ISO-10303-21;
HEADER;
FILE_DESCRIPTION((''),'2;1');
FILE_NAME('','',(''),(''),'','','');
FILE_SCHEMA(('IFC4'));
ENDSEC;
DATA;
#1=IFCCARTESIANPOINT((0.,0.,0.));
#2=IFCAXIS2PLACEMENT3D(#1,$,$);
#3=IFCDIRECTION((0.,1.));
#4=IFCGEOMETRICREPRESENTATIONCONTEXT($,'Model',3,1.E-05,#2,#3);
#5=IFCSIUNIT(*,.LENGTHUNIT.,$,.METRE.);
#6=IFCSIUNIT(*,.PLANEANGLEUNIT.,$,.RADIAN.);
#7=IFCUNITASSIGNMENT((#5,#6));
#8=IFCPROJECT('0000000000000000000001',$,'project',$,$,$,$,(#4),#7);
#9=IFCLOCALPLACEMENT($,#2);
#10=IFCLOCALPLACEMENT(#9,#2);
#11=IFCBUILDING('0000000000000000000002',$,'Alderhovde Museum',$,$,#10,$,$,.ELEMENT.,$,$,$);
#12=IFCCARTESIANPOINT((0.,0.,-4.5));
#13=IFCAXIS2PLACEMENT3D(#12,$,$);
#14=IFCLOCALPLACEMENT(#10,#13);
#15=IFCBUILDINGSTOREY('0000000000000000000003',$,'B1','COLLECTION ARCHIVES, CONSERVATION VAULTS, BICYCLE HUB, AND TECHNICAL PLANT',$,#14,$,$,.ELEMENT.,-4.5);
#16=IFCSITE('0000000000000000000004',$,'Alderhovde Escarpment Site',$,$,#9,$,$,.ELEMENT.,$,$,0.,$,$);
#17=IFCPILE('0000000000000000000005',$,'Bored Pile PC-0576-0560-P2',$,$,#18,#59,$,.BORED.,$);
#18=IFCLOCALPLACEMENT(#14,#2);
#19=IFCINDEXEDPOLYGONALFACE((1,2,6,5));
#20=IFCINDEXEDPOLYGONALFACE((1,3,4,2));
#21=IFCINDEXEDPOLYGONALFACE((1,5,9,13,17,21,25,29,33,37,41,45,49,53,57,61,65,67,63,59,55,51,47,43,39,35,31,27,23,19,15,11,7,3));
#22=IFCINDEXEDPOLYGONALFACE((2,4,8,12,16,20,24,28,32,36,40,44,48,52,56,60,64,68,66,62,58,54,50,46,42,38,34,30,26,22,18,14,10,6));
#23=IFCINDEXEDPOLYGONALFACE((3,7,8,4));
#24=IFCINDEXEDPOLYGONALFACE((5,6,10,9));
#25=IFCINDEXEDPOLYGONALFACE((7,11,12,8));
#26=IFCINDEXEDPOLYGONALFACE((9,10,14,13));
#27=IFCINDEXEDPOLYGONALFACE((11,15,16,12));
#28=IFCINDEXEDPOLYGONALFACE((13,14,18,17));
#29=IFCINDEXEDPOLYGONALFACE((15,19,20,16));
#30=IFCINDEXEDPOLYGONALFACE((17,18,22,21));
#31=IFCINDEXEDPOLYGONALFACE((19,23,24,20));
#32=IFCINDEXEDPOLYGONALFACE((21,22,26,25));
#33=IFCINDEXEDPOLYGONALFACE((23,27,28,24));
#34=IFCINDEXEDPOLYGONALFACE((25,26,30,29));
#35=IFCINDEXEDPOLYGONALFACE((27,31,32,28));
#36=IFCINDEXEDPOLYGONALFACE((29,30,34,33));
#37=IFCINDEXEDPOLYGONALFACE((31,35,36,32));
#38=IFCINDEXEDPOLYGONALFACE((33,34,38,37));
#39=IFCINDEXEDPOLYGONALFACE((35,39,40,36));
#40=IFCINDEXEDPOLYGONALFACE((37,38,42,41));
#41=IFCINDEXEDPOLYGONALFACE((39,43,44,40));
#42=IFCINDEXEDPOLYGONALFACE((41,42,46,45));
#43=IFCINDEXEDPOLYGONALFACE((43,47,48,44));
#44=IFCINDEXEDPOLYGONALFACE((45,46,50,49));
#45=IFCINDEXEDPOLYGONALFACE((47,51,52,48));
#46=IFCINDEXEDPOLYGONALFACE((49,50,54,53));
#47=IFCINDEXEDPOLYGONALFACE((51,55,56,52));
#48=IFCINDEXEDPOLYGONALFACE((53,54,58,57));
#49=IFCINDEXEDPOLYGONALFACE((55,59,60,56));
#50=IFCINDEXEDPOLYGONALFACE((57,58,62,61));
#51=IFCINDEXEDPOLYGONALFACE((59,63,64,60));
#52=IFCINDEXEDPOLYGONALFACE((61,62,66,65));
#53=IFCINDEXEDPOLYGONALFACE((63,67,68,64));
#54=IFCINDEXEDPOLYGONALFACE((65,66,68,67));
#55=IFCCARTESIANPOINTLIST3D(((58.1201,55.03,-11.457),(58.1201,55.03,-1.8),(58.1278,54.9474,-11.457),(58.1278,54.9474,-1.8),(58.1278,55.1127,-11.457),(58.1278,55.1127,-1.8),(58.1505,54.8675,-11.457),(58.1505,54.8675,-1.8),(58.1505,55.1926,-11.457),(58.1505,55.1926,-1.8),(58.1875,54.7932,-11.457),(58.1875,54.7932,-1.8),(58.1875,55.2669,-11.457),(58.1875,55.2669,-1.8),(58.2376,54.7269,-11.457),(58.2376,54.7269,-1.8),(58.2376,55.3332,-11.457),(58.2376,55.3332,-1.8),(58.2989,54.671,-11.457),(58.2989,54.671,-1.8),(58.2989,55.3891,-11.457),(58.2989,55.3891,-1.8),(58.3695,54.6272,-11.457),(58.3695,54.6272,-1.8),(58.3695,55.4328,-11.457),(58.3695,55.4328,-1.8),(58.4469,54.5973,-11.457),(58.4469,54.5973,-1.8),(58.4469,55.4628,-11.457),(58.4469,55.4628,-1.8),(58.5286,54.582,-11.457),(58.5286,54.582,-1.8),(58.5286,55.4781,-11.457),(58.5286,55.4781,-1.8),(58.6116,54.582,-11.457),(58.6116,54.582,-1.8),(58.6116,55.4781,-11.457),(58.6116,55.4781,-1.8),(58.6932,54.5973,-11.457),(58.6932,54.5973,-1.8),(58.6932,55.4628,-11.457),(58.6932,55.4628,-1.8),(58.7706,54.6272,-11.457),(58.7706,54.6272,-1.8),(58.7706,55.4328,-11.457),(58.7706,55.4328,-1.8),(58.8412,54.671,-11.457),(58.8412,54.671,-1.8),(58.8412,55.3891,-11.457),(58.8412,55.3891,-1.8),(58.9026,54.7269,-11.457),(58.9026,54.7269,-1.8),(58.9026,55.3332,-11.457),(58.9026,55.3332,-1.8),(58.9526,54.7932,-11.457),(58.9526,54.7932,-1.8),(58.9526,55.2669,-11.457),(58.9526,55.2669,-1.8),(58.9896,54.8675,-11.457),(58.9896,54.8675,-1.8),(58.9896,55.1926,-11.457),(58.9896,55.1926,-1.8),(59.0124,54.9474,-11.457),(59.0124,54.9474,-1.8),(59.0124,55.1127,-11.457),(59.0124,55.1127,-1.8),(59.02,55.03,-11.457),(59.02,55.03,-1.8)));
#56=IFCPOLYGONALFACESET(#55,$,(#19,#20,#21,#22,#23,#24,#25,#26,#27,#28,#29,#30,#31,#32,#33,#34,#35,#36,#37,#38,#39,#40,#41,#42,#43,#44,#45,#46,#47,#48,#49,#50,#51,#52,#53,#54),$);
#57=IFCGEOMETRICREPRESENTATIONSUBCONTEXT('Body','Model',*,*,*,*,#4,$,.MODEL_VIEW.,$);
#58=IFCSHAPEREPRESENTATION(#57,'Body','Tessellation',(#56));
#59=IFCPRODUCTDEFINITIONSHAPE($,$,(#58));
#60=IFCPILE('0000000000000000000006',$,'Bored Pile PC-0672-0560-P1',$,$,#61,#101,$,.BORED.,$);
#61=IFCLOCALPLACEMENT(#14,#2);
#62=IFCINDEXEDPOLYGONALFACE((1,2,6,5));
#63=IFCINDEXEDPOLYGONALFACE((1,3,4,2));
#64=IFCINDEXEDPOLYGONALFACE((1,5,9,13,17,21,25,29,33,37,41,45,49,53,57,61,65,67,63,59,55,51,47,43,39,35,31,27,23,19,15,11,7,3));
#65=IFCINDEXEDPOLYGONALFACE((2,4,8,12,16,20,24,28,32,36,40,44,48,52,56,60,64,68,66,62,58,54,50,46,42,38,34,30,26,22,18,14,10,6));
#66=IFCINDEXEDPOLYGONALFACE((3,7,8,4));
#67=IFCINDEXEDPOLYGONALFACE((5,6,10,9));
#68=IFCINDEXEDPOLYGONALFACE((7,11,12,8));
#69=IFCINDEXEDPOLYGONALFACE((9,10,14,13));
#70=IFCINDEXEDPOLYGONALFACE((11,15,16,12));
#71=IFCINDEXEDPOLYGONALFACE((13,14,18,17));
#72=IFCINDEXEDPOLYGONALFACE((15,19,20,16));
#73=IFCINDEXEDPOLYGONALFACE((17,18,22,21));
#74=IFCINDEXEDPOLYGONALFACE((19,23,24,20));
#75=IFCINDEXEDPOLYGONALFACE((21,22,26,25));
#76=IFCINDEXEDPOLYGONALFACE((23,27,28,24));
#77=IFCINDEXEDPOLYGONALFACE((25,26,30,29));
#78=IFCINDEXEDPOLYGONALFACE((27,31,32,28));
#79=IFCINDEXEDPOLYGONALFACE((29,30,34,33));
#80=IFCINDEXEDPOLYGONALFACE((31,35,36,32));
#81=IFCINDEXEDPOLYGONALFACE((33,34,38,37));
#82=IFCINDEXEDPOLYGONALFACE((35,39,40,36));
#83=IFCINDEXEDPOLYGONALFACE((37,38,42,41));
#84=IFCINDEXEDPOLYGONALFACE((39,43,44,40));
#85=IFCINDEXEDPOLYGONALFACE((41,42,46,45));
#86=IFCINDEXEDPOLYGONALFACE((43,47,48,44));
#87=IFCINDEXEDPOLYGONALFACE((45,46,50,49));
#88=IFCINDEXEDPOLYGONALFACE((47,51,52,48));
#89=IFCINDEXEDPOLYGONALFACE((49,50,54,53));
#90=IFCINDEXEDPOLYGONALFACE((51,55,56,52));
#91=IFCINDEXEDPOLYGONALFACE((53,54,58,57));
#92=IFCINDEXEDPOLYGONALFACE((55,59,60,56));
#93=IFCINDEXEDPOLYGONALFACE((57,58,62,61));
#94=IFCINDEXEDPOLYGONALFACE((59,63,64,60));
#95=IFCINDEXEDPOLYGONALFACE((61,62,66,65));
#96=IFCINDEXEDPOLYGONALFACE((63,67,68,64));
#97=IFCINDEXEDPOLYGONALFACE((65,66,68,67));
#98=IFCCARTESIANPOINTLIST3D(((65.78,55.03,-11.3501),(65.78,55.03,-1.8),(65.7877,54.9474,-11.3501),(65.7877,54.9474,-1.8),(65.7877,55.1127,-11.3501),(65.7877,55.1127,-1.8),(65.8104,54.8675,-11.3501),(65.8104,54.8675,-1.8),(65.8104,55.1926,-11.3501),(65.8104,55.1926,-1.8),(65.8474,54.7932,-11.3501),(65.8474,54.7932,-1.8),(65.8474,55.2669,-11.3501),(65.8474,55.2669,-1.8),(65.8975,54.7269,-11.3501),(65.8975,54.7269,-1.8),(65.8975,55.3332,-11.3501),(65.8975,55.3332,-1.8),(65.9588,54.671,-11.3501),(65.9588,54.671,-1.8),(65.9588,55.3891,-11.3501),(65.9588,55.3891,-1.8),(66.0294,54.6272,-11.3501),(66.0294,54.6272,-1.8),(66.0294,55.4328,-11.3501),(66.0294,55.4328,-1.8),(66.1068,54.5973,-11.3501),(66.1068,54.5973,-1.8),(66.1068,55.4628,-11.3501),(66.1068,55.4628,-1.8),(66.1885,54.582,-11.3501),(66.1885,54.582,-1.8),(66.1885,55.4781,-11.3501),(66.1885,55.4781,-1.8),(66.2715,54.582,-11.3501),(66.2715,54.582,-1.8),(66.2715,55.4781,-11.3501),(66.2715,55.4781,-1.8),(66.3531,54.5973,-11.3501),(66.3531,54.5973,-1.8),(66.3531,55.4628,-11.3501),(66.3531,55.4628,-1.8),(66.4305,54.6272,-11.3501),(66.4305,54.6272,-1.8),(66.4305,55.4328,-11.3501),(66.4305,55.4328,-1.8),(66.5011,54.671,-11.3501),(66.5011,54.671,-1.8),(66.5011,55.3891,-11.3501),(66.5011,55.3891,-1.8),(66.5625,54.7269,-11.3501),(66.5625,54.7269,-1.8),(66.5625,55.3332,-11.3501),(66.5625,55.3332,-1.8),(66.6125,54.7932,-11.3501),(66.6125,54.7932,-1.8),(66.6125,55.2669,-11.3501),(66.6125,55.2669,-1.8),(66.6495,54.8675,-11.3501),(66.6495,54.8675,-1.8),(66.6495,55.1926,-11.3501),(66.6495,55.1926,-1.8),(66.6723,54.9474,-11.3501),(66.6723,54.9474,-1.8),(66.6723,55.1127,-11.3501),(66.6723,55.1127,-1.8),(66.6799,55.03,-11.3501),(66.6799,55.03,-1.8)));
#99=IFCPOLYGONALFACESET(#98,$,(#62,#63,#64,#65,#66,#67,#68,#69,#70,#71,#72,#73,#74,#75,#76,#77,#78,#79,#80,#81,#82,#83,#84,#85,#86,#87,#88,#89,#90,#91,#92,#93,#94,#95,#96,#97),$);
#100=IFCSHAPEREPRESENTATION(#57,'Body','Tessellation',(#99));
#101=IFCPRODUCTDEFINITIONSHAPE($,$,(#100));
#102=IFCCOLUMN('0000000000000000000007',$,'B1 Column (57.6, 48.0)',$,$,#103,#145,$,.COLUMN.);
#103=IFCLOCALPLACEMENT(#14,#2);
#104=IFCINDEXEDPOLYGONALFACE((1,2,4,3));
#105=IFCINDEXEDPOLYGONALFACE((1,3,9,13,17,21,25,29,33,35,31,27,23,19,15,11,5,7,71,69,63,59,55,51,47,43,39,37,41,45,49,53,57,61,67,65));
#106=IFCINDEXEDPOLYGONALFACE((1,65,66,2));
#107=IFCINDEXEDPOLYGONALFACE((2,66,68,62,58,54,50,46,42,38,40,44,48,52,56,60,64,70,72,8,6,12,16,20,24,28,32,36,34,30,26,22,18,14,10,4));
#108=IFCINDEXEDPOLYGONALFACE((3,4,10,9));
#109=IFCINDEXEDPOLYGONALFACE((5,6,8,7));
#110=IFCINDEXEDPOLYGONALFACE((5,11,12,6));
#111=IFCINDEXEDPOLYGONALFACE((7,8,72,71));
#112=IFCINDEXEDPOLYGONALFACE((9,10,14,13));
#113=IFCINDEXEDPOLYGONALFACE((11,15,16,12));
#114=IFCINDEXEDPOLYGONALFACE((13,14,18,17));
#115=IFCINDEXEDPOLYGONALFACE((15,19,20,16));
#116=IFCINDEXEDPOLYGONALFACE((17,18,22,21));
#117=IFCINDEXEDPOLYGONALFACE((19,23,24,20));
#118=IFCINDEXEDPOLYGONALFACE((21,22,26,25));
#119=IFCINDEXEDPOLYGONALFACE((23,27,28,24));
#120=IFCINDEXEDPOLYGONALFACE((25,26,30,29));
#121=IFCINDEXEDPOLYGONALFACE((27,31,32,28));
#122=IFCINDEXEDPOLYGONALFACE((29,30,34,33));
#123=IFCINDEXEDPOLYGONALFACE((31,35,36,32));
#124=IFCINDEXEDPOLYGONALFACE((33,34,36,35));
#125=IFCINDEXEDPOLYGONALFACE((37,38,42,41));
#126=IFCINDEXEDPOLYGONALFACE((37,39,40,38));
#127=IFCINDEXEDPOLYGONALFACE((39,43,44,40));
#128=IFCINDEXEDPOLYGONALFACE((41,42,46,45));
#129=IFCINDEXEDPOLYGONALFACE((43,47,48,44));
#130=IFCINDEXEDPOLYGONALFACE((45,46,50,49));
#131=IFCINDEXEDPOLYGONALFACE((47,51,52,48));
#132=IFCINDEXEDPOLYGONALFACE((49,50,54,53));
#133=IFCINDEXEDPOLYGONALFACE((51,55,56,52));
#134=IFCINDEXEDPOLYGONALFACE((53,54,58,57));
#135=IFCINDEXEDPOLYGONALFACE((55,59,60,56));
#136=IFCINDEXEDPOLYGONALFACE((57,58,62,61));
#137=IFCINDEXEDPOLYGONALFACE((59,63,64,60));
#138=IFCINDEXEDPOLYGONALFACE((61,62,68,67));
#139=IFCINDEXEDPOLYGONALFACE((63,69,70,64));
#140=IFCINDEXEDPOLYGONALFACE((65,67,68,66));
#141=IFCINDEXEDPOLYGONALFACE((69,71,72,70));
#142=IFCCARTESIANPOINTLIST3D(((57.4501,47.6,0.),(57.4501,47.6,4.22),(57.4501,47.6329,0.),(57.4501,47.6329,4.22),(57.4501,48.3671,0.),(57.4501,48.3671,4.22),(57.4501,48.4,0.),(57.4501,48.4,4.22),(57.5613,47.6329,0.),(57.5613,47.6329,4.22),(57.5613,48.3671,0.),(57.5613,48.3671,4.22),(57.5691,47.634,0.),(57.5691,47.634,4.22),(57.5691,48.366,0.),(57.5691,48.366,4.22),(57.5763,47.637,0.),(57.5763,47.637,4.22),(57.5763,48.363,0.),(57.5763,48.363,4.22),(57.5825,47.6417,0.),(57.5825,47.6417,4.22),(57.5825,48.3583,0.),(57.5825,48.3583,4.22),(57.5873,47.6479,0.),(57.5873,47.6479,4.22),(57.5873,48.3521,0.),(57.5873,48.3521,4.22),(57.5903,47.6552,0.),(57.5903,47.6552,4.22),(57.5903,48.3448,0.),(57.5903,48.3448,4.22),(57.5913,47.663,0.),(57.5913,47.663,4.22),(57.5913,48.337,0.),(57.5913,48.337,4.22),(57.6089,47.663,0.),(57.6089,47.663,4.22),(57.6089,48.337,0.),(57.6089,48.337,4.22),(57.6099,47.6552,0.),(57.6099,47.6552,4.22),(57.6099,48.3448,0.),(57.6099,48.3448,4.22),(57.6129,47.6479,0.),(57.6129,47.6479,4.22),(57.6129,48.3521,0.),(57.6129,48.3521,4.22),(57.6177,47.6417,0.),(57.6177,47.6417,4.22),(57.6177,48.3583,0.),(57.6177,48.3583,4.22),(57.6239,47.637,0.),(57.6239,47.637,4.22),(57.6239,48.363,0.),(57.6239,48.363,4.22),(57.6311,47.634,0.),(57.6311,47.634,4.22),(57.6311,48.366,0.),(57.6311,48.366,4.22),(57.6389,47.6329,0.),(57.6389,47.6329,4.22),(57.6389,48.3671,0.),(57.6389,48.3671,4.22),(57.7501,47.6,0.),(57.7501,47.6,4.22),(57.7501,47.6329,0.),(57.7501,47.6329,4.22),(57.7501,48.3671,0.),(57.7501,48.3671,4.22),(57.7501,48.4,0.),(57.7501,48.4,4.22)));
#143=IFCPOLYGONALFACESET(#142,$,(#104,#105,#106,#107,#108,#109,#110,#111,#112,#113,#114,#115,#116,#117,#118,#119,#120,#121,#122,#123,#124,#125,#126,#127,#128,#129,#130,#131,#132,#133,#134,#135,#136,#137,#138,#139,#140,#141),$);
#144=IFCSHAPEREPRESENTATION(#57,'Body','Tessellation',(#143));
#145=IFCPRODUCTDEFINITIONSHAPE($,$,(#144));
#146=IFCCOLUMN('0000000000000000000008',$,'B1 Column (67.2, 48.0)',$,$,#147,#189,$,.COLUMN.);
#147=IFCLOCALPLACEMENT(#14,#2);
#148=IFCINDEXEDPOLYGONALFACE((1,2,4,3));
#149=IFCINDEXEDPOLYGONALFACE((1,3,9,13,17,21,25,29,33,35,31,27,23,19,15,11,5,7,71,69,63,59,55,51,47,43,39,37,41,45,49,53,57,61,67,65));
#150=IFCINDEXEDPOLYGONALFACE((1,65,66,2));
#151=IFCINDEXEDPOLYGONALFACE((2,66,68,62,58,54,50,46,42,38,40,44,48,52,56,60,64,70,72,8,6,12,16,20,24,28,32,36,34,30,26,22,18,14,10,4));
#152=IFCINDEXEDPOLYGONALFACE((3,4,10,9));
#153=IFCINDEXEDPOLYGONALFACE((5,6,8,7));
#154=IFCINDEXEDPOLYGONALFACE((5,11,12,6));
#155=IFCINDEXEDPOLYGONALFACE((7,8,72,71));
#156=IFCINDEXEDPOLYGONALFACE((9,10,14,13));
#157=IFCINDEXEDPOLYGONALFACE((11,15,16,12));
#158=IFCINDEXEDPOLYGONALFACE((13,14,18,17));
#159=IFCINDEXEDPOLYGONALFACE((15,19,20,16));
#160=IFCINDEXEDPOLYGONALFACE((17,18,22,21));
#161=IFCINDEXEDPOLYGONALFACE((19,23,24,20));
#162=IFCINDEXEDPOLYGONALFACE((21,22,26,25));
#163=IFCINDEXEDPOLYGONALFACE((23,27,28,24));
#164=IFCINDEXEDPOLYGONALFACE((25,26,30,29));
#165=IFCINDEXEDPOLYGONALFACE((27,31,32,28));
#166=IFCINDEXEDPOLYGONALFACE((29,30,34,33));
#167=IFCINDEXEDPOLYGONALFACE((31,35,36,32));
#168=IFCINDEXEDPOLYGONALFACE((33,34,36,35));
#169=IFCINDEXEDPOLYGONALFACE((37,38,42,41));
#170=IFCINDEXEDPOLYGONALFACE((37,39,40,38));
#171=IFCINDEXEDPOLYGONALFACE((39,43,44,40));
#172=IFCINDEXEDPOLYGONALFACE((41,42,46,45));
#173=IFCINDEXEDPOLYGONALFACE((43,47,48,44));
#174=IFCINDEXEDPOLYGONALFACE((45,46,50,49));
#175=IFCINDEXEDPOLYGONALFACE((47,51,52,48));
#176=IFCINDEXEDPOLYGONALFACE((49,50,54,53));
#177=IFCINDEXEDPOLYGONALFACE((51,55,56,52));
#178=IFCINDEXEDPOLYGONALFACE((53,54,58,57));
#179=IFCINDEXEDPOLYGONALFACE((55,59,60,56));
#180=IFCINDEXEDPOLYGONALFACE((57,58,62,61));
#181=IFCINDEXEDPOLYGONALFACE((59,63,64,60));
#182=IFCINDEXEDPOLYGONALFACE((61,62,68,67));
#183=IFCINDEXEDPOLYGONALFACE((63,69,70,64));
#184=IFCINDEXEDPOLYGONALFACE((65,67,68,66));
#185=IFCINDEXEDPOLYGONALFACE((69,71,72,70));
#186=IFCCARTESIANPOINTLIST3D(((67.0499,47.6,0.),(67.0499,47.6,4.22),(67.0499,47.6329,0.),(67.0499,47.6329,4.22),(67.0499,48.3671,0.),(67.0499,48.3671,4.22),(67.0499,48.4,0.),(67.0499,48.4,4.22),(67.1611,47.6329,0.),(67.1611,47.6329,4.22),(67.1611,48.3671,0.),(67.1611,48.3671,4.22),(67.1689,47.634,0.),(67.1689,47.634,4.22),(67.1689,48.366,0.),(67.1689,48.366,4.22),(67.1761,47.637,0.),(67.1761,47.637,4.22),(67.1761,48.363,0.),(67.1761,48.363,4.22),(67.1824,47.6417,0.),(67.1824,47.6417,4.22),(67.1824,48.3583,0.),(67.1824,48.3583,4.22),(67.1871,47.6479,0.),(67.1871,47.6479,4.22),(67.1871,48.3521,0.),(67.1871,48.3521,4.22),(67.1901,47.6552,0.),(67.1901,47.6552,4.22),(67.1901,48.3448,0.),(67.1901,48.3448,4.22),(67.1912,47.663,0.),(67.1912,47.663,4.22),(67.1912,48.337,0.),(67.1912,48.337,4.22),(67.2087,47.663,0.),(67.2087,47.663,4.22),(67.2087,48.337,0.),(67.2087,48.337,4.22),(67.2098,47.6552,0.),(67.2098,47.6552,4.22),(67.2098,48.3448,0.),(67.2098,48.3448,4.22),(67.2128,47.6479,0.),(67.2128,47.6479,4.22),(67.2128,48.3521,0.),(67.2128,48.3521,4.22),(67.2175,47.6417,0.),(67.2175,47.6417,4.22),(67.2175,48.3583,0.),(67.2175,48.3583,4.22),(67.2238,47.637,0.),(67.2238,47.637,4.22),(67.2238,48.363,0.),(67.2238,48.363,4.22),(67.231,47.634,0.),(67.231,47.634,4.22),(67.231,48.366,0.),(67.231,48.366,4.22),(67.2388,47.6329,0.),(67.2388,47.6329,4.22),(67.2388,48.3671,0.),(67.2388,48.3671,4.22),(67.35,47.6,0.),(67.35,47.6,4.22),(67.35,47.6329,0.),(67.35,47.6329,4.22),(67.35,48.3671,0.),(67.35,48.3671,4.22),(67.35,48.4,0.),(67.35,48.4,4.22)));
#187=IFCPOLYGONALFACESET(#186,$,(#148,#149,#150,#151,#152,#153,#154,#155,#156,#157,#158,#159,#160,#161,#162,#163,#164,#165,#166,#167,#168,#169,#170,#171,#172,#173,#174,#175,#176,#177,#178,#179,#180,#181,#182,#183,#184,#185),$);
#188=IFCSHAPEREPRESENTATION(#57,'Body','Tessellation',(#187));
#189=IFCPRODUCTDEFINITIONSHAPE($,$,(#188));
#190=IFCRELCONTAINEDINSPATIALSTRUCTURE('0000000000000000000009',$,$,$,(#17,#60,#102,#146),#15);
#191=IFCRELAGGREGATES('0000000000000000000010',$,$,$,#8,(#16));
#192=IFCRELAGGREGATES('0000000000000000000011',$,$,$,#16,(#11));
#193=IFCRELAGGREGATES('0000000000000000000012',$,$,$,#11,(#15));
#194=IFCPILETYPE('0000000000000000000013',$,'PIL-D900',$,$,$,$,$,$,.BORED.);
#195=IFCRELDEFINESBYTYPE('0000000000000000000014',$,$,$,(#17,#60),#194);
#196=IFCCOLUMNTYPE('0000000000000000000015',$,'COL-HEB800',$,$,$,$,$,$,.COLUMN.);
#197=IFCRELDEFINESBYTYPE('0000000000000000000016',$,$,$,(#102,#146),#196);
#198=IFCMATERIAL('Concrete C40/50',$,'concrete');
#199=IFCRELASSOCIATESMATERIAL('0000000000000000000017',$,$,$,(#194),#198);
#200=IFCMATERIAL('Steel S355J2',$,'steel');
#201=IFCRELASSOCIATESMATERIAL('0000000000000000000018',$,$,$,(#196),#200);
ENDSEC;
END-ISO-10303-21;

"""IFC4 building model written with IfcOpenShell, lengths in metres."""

from ifc_helpers import new_model, si_unit, direction, frame, origin, origin_2d, place, context, subcontext, project, spatial, circle, i_section, extrude, material, material_profile, profile_set, type_object, element, save


model = new_model("IFC4")

# Units and contexts
model_context = context("Model", 3, precision=1e-05, world=origin(), true_north=direction((0.0, 1.0)))
body_context = subcontext(model_context, "Body", "Model", "MODEL_VIEW")
ifc_project = project(units=[si_unit("LENGTHUNIT", "METRE"), si_unit("PLANEANGLEUNIT", "RADIAN")], contexts=[model_context])

# Site, building, storey
site_placement = place(None, origin())
site = spatial("IfcSite", under=ifc_project, at=site_placement, Name="Alderhovde Escarpment Site", CompositionType="ELEMENT", RefElevation=0.0)
building_placement = place(site_placement, origin())
building = spatial("IfcBuilding", under=site, at=building_placement, Name="Alderhovde Museum", CompositionType="ELEMENT")
storey_placement = place(building_placement, frame((0.0, 0.0, -4.5)))
storey = spatial("IfcBuildingStorey", under=building, at=storey_placement, Name="B1", Description="COLLECTION ARCHIVES, CONSERVATION VAULTS, BICYCLE HUB, AND TECHNICAL PLANT", CompositionType="ELEMENT", Elevation=-4.5)

# Piles
ifc_material_1 = material(Name="Concrete C40/50", Category="concrete")
ifc_material_profile_1 = material_profile(ifc_material_1, circle(Radius=0.45, at=origin_2d()), Name="PILE-D900")
ifc_profile_set_1 = profile_set([ifc_material_profile_1], Name="Concrete C40/50")
pile_type_1 = type_object("IfcPileType", Name="PIL-D900", PredefinedType="BORED", material=ifc_profile_set_1)
pile_1_placement = place(storey_placement, frame((58.5701, 55.03, -1.8), z_axis=(0.0, 0.0, -1.0), x_axis=(1.0, 0.0, 0.0)))
element("IfcPile", 1, at=pile_1_placement, inside=storey, type_object=pile_type_1, Name="Bored Pile PC-0576-0560-P2", PredefinedType="BORED", context=body_context, shape_type="SweptSolid", body=[
    extrude(circle(Radius=0.45, at=origin_2d()), origin(), (0.0, 0.0, 1.0), 9.657),
])
pile_2_placement = place(storey_placement, frame((66.23, 55.03, -1.8), z_axis=(0.0, 0.0, -1.0), x_axis=(1.0, 0.0, 0.0)))
element("IfcPile", 2, at=pile_2_placement, inside=storey, type_object=pile_type_1, Name="Bored Pile PC-0672-0560-P1", PredefinedType="BORED", context=body_context, shape_type="SweptSolid", body=[
    extrude(circle(Radius=0.45, at=origin_2d()), origin(), (0.0, 0.0, 1.0), 9.55),
])

# Columns
ifc_material_2 = material(Name="Steel S355J2", Category="steel")
ifc_material_profile_2 = material_profile(ifc_material_2, i_section(OverallWidth=0.3, OverallDepth=0.8, WebThickness=0.0176, FlangeThickness=0.033, FilletRadius=0.03, at=origin_2d()), Name="HEB 800")
ifc_profile_set_2 = profile_set([ifc_material_profile_2], Name="Steel S355J2")
column_type_1 = type_object("IfcColumnType", Name="COL-HEB800", PredefinedType="COLUMN", material=ifc_profile_set_2)
for number, where, z_axis, x_axis, name in (
    (3, (57.6001, 48.0, 0.0), (0.0, 0.0, 1.0), (1.0, 0.0, 0.0), "B1 Column (57.6, 48.0)"),
    (4, (67.2, 48.0, 0.0), (0.0, 0.0, 1.0), (1.0, 0.0, 0.0), "B1 Column (67.2, 48.0)"),
):
    element("IfcColumn", number, at=place(storey_placement, frame(where, z_axis=z_axis, x_axis=x_axis)), inside=storey, type_object=column_type_1, Name=name, PredefinedType="COLUMN", context=body_context, shape_type="SweptSolid", body=[
        extrude(i_section(OverallWidth=0.3, OverallDepth=0.8, WebThickness=0.0176, FlangeThickness=0.033, FilletRadius=0.03, at=origin_2d()), origin(), (0.0, 0.0, 1.0), 4.22),
    ])

save(model, "model.ifc")
